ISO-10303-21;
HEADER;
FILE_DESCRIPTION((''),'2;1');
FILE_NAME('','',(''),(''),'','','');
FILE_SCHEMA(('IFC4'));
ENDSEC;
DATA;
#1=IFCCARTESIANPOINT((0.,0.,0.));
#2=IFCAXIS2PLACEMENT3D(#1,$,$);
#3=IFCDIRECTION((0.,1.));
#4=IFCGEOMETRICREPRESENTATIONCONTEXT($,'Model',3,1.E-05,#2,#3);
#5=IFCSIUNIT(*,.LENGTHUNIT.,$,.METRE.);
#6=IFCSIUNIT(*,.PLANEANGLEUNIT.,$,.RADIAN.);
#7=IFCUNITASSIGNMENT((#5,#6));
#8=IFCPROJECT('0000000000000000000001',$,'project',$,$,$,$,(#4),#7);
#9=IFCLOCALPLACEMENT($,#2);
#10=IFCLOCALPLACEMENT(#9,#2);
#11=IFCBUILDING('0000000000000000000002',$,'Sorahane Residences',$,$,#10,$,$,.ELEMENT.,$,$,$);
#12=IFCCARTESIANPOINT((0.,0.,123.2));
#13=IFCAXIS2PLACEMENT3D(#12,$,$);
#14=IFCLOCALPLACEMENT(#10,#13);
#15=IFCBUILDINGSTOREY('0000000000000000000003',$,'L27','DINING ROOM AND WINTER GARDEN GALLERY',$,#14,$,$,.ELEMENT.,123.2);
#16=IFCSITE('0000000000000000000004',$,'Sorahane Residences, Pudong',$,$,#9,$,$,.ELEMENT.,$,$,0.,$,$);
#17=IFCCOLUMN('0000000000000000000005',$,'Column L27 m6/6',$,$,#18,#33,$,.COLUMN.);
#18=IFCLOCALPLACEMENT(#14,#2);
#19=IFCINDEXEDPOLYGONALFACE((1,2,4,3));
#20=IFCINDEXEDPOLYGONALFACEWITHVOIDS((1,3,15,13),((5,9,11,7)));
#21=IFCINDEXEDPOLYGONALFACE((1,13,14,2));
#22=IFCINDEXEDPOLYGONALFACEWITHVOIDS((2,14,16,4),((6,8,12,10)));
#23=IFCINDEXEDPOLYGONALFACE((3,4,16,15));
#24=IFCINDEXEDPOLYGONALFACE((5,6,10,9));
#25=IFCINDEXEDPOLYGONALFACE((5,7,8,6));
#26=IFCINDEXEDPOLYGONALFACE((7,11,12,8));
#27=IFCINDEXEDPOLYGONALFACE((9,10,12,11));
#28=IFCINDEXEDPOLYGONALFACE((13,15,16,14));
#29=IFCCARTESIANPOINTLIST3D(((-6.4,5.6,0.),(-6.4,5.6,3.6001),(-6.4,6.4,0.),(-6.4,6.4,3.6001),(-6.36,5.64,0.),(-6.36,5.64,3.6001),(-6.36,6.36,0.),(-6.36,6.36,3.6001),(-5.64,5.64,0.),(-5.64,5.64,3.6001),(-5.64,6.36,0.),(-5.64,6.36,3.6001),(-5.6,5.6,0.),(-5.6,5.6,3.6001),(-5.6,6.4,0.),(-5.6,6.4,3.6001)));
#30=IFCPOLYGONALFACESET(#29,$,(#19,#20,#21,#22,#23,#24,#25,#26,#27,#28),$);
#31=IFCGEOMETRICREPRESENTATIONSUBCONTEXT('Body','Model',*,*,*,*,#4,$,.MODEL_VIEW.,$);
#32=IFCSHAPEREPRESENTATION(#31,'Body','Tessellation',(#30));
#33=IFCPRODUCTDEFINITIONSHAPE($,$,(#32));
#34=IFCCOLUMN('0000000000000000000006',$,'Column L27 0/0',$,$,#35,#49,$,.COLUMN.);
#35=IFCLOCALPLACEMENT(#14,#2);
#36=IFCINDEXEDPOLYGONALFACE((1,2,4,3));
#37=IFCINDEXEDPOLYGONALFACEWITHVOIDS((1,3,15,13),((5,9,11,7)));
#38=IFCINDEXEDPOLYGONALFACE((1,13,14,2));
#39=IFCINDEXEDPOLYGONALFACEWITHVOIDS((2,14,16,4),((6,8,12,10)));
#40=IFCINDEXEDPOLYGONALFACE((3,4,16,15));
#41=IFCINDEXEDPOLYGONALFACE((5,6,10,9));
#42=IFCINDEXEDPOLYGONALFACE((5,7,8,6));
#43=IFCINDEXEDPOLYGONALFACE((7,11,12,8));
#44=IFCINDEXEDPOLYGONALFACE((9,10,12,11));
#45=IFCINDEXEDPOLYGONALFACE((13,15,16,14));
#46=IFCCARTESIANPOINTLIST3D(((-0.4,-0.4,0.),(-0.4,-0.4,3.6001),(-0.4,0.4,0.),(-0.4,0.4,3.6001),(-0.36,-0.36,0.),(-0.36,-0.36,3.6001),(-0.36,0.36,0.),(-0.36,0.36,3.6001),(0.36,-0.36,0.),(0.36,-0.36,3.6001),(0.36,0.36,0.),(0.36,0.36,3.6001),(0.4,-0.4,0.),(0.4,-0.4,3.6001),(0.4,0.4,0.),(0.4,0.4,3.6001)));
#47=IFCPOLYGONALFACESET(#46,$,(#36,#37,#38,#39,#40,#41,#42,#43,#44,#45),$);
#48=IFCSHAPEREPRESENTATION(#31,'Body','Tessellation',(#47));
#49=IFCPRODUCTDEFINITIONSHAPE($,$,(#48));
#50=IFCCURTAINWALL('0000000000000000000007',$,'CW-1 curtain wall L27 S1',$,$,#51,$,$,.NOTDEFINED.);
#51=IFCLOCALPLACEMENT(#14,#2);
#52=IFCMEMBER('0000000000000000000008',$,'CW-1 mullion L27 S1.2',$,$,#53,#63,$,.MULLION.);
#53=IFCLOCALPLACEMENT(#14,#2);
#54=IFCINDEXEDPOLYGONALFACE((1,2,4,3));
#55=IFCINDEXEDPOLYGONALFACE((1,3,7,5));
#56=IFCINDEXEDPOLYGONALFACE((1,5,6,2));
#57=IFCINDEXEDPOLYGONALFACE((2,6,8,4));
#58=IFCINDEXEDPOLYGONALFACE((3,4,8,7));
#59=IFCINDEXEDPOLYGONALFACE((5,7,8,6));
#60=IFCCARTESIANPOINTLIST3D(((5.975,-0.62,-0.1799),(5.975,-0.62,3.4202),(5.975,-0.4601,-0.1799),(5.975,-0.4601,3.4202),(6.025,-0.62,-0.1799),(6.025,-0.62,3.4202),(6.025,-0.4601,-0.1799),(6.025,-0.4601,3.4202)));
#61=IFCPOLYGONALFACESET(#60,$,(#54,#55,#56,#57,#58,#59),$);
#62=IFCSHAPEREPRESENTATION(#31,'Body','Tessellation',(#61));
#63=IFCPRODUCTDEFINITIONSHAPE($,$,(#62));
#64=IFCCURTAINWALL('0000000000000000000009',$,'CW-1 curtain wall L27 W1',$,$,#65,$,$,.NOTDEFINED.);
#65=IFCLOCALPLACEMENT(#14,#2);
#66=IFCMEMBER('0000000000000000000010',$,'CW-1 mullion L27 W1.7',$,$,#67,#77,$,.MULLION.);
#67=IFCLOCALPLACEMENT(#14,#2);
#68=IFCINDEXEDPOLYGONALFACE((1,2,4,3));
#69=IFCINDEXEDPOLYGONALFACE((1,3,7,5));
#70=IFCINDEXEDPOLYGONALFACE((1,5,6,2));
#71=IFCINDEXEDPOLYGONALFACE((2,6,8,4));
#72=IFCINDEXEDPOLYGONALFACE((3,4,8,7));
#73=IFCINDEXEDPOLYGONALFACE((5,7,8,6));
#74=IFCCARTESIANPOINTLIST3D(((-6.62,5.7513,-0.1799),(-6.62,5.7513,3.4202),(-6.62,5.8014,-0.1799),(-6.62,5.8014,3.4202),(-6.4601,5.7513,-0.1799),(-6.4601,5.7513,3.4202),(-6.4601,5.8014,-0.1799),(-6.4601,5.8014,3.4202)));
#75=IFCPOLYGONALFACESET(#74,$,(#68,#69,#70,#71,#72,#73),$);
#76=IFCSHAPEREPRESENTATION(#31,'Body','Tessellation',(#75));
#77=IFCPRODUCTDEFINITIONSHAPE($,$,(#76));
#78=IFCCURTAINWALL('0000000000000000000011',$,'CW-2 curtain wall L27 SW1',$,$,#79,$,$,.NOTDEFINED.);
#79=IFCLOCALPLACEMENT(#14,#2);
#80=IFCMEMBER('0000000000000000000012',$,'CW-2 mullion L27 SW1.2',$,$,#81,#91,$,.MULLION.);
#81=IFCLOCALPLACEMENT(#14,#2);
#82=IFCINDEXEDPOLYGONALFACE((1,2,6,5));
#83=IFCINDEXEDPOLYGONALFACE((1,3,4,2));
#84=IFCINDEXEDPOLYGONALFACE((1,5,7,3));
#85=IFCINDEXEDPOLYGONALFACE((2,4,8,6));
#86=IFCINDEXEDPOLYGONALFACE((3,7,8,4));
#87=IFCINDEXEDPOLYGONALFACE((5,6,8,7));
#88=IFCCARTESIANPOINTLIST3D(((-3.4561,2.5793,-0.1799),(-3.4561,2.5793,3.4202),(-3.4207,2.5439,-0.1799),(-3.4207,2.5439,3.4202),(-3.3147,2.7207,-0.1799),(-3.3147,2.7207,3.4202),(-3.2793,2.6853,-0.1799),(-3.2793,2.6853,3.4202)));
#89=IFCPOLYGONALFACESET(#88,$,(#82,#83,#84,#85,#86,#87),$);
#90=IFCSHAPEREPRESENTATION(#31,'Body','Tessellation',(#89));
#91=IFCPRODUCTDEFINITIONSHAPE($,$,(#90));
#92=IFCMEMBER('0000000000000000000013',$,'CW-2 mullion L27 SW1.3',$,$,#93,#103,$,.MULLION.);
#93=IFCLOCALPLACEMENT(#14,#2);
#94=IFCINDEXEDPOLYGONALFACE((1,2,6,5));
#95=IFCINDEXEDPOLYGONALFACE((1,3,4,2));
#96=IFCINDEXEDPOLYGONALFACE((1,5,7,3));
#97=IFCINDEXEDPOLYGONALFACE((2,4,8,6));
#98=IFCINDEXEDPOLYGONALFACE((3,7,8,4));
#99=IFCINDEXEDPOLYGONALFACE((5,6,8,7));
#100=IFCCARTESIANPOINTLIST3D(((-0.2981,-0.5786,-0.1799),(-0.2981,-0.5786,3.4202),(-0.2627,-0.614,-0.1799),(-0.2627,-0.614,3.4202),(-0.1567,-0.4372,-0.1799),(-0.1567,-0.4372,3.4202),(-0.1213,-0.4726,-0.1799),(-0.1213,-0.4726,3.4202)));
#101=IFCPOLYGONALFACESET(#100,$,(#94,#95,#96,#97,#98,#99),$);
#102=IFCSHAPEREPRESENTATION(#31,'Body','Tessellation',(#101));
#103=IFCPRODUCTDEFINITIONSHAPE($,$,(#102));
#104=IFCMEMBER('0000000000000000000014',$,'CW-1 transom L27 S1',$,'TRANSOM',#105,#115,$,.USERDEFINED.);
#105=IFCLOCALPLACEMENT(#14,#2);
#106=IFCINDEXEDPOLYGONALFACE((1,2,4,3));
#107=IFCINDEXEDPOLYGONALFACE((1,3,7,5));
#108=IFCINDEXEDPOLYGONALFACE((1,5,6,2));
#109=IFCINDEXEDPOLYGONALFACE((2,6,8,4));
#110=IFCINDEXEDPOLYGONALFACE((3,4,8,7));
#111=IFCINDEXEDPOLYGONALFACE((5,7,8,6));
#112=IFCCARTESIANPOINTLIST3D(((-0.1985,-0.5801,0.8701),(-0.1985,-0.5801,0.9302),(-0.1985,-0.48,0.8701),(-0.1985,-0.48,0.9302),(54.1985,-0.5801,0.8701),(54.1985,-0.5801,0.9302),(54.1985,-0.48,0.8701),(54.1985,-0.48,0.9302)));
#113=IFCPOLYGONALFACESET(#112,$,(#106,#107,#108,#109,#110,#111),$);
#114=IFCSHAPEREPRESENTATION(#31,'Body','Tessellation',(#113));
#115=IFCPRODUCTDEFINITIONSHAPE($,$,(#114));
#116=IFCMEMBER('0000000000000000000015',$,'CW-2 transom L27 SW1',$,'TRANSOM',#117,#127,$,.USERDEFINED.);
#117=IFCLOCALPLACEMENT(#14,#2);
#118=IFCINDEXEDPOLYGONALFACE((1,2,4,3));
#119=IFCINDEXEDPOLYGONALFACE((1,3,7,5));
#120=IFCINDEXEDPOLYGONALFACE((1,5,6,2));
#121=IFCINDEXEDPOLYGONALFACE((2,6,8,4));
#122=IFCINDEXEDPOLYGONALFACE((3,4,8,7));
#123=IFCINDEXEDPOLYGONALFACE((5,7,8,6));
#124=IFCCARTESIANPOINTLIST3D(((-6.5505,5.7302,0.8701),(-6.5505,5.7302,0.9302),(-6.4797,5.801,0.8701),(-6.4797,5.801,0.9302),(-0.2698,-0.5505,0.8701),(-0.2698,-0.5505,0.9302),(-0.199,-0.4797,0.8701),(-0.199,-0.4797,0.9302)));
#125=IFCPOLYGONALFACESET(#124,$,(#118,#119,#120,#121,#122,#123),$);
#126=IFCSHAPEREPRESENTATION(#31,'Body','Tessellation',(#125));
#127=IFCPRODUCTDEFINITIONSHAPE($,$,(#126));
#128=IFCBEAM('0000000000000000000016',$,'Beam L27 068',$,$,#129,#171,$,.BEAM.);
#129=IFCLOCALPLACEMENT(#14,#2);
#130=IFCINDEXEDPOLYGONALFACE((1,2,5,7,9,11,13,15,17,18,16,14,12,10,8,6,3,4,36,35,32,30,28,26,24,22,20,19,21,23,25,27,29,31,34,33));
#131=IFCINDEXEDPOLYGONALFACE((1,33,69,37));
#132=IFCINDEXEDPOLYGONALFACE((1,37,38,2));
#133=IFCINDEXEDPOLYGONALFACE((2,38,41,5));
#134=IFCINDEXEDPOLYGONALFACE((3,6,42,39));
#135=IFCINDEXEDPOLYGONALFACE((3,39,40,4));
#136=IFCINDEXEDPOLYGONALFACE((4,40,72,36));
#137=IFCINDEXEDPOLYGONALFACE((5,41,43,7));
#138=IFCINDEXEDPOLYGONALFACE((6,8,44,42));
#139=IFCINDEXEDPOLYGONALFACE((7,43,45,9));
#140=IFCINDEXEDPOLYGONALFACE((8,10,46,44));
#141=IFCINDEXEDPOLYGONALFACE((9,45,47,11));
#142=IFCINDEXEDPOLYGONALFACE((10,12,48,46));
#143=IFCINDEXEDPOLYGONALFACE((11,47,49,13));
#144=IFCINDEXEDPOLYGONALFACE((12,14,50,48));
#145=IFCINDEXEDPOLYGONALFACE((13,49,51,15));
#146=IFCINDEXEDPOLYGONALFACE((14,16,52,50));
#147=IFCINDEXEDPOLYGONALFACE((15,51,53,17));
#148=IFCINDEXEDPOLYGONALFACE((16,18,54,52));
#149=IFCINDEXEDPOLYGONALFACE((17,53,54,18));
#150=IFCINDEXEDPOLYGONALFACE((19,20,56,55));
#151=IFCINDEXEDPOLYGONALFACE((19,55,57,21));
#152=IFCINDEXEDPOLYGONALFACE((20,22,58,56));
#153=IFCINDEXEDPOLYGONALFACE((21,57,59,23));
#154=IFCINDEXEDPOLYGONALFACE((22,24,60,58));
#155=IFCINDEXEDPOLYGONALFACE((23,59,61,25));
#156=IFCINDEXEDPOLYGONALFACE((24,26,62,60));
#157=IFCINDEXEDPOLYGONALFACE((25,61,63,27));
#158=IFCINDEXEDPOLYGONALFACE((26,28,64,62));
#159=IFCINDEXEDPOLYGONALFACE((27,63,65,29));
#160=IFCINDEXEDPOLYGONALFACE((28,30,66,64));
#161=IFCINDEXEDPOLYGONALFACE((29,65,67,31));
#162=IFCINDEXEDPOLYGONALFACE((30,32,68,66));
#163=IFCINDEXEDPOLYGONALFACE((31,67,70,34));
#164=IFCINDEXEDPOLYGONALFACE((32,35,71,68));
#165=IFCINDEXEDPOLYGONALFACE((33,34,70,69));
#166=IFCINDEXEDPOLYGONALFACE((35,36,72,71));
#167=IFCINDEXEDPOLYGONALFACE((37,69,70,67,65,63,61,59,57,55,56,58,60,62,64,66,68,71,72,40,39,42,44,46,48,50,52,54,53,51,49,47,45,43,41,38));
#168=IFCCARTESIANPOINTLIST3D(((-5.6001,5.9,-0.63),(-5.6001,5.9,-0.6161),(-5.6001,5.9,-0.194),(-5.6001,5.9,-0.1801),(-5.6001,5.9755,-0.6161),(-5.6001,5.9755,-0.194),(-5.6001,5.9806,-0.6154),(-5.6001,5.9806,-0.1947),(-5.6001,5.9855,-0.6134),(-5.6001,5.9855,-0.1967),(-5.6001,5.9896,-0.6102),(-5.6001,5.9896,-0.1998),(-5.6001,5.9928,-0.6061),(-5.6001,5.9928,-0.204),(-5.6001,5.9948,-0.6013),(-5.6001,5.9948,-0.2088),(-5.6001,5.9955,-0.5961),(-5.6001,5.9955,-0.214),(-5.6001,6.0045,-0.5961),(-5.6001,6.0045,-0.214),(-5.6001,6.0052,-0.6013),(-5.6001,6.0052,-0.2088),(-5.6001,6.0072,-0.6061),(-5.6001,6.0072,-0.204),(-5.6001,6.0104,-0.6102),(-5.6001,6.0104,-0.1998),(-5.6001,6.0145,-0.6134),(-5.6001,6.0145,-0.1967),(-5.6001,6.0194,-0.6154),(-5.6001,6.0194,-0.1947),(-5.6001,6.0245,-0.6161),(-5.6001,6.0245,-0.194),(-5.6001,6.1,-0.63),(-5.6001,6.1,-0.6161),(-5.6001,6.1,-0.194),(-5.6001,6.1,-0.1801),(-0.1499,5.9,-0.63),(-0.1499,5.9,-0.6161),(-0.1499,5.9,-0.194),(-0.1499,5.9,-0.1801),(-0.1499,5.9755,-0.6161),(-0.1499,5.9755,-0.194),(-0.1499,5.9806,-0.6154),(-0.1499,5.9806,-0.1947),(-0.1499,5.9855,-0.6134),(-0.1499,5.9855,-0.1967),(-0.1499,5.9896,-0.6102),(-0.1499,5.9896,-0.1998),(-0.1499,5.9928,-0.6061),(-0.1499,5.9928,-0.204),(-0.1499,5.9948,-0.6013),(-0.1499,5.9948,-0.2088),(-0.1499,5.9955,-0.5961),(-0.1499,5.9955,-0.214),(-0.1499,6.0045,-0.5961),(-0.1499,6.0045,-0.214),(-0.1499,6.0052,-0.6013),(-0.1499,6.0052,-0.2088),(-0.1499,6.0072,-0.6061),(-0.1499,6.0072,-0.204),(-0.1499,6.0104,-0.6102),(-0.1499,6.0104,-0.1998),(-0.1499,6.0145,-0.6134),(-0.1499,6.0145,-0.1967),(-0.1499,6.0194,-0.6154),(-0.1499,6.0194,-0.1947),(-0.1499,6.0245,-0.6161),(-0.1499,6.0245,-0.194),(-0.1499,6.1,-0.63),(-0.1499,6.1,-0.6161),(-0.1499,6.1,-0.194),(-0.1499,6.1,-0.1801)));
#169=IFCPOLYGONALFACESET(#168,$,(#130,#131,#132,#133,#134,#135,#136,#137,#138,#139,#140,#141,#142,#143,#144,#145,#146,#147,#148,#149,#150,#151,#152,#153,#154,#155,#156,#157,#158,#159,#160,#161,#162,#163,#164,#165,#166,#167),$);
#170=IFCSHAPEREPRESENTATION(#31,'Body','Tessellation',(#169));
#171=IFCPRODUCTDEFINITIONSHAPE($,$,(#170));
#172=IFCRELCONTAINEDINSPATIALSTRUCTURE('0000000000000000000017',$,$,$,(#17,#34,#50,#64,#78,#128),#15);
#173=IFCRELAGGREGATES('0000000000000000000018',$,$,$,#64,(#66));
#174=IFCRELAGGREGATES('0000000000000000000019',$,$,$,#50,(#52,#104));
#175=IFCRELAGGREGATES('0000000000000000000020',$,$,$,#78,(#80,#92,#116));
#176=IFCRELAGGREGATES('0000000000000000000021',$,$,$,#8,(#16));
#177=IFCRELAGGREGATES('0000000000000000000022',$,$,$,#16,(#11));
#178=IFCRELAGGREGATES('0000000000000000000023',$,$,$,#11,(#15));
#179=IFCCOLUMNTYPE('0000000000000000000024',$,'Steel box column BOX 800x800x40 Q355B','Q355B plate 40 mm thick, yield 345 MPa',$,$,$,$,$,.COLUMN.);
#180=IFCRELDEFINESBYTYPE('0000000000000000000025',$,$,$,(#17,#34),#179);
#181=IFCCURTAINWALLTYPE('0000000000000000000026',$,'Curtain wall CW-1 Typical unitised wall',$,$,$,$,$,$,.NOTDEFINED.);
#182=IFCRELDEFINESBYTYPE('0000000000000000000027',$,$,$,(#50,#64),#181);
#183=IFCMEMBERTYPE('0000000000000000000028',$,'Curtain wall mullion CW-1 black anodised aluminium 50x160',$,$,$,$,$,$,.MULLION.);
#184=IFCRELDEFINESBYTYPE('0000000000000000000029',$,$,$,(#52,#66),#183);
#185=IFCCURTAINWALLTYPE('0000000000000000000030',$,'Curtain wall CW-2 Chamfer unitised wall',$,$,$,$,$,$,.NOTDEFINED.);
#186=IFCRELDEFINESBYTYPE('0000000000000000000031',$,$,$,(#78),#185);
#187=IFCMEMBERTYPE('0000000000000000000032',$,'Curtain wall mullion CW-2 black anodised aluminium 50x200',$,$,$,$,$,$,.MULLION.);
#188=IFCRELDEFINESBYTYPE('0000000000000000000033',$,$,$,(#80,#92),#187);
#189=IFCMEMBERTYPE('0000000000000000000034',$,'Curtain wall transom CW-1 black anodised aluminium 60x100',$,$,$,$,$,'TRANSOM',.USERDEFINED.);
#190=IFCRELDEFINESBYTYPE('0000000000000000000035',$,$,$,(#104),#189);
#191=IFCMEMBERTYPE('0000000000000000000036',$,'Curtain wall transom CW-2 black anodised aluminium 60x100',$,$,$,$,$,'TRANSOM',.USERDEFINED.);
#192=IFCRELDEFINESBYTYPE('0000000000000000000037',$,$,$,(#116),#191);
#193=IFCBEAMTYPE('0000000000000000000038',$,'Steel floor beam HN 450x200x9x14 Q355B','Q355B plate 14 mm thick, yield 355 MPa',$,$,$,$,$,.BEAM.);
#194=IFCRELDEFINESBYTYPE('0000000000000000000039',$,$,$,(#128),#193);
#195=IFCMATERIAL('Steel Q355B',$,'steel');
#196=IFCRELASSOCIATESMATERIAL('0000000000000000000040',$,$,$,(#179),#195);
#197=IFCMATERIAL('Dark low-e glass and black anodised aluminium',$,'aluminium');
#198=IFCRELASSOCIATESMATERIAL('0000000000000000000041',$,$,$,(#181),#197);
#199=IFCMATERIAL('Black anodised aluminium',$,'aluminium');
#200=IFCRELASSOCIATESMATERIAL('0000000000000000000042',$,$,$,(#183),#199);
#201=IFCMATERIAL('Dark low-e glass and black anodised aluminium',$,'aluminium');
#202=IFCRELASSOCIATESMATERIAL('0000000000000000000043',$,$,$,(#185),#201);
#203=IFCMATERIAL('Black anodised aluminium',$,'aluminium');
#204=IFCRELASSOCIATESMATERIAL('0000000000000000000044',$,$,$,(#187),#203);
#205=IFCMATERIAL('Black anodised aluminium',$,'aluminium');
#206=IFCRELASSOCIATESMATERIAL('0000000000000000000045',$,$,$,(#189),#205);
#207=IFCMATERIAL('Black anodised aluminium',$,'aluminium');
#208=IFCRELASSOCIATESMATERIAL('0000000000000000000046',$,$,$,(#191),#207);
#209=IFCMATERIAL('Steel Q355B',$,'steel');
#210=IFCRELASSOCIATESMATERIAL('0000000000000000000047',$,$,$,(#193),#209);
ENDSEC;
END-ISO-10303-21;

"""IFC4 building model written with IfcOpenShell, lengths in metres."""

from ifc_helpers import new_model, si_unit, direction, frame, origin, origin_2d, place, context, subcontext, project, spatial, rectangle, hollow_rectangle, i_section, extrude, material, material_profile, profile_set, type_object, element, aggregate, save


model = new_model("IFC4")

# Units and contexts
model_context = context("Model", 3, precision=1e-05, world=origin(), true_north=direction((0.0, 1.0)))
body_context = subcontext(model_context, "Body", "Model", "MODEL_VIEW")
ifc_project = project(units=[si_unit("LENGTHUNIT", "METRE"), si_unit("PLANEANGLEUNIT", "RADIAN")], contexts=[model_context])

# Site, building, storey
site_placement = place(None, origin())
site = spatial("IfcSite", under=ifc_project, at=site_placement, Name="Sorahane Residences, Pudong", CompositionType="ELEMENT", RefElevation=0.0)
building_placement = place(site_placement, origin())
building = spatial("IfcBuilding", under=site, at=building_placement, Name="Sorahane Residences", CompositionType="ELEMENT")
storey_placement = place(building_placement, frame((0.0, 0.0, 123.2)))
storey = spatial("IfcBuildingStorey", under=building, at=storey_placement, Name="L27", Description="DINING ROOM AND WINTER GARDEN GALLERY", CompositionType="ELEMENT", Elevation=123.2)

# Columns
ifc_material_1 = material(Name="Steel Q355B", Category="steel")
ifc_material_profile_1 = material_profile(ifc_material_1, hollow_rectangle(XDim=0.8, YDim=0.8, WallThickness=0.04, at=origin_2d()), Name="BOX 800x800x40")
ifc_profile_set_1 = profile_set([ifc_material_profile_1], Name="Steel Q355B")
column_type = type_object("IfcColumnType", Name="Steel box column BOX 800x800x40 Q355B", Description="Q355B plate 40 mm thick, yield 345 MPa", PredefinedType="COLUMN", material=ifc_profile_set_1)
for number, where, z_axis, x_axis, name in (
    (1, (-6.0, 6.0, 0.0), (0.0, 0.0, 1.0), (1.0, 0.0, 0.0), "Column L27 m6/6"),
    (2, (0.0, 0.0, 0.0), (0.0, 0.0, 1.0), (1.0, 0.0, 0.0), "Column L27 0/0"),
):
    element("IfcColumn", number, at=place(storey_placement, frame(where, z_axis=z_axis, x_axis=x_axis)), inside=storey, type_object=column_type, Name=name, PredefinedType="COLUMN", context=body_context, shape_type="SweptSolid", body=[
        extrude(hollow_rectangle(XDim=0.8, YDim=0.8, WallThickness=0.04, at=origin_2d()), origin(), (0.0, 0.0, 1.0), 3.6001),
    ])

# Curtain walls, members
ifc_material_2 = material(Name="Dark low-e glass and black anodised aluminium", Category="aluminium")
curtain_wall_type_1 = type_object("IfcCurtainWallType", Name="Curtain wall CW-1 Typical unitised wall", PredefinedType="NOTDEFINED", material=ifc_material_2)
curtain_wall_1_placement = place(storey_placement, origin())
curtain_wall_1 = element("IfcCurtainWall", 3, at=curtain_wall_1_placement, inside=storey, type_object=curtain_wall_type_1, Name="CW-1 curtain wall L27 S1", PredefinedType="NOTDEFINED")
ifc_material_3 = material(Name="Black anodised aluminium", Category="aluminium")
ifc_material_profile_2 = material_profile(ifc_material_3, rectangle(XDim=0.1599, YDim=0.05, at=origin_2d()), Name="Curtain wall mullion CW-1 black anodised aluminium 50x160")
ifc_profile_set_2 = profile_set([ifc_material_profile_2], Name="Black anodised aluminium")
member_type_1 = type_object("IfcMemberType", Name="Curtain wall mullion CW-1 black anodised aluminium 50x160", PredefinedType="MULLION", material=ifc_profile_set_2)
member_1_placement = place(storey_placement, frame((6.0, -0.54, -0.1799), z_axis=(0.0, 0.0, 1.0), x_axis=(0.0, -1.0, 0.0)))
member_1 = element("IfcMember", 4, at=member_1_placement, type_object=member_type_1, Name="CW-1 mullion L27 S1.2", PredefinedType="MULLION", context=body_context, shape_type="SweptSolid", body=[
    extrude(rectangle(XDim=0.1599, YDim=0.05, at=origin_2d()), origin(), (0.0, 0.0, 1.0), 3.6001),
])
curtain_wall_2_placement = place(storey_placement, origin())
curtain_wall_2 = element("IfcCurtainWall", 5, at=curtain_wall_2_placement, inside=storey, type_object=curtain_wall_type_1, Name="CW-1 curtain wall L27 W1", PredefinedType="NOTDEFINED")
member_2_placement = place(storey_placement, frame((-6.54, 5.7764, -0.1799), z_axis=(0.0, 0.0, 1.0), x_axis=(-1.0, 0.0, 0.0)))
member_2 = element("IfcMember", 6, at=member_2_placement, type_object=member_type_1, Name="CW-1 mullion L27 W1.7", PredefinedType="MULLION", context=body_context, shape_type="SweptSolid", body=[
    extrude(rectangle(XDim=0.1599, YDim=0.05, at=origin_2d()), origin(), (0.0, 0.0, 1.0), 3.6001),
])
aggregate(curtain_wall_2, [member_2])

# Curtain wall, members
ifc_material_4 = material(Name="Dark low-e glass and black anodised aluminium", Category="aluminium")
curtain_wall_type_2 = type_object("IfcCurtainWallType", Name="Curtain wall CW-2 Chamfer unitised wall", PredefinedType="NOTDEFINED", material=ifc_material_4)
curtain_wall_3_placement = place(storey_placement, origin())
curtain_wall_3 = element("IfcCurtainWall", 7, at=curtain_wall_3_placement, inside=storey, type_object=curtain_wall_type_2, Name="CW-2 curtain wall L27 SW1", PredefinedType="NOTDEFINED")
ifc_material_5 = material(Name="Black anodised aluminium", Category="aluminium")
ifc_material_profile_3 = material_profile(ifc_material_5, rectangle(XDim=0.2, YDim=0.05, at=origin_2d()), Name="Curtain wall mullion CW-2 black anodised aluminium 50x200")
ifc_profile_set_3 = profile_set([ifc_material_profile_3], Name="Black anodised aluminium")
member_type_2 = type_object("IfcMemberType", Name="Curtain wall mullion CW-2 black anodised aluminium 50x200", PredefinedType="MULLION", material=ifc_profile_set_3)
member_3_placement = place(storey_placement, frame((-3.3677, 2.6323, -0.1799), z_axis=(0.0, 0.0, 1.0), x_axis=(-0.707107, -0.707107, 0.0)))
member_3 = element("IfcMember", 8, at=member_3_placement, type_object=member_type_2, Name="CW-2 mullion L27 SW1.2", PredefinedType="MULLION", context=body_context, shape_type="SweptSolid", body=[
    extrude(rectangle(XDim=0.2, YDim=0.05, at=origin_2d()), origin(), (0.0, 0.0, 1.0), 3.6001),
])
member_4_placement = place(storey_placement, frame((-0.2097, -0.5256, -0.1799), z_axis=(0.0, 0.0, 1.0), x_axis=(-0.707107, -0.707107, 0.0)))
member_4 = element("IfcMember", 9, at=member_4_placement, type_object=member_type_2, Name="CW-2 mullion L27 SW1.3", PredefinedType="MULLION", context=body_context, shape_type="SweptSolid", body=[
    extrude(rectangle(XDim=0.2, YDim=0.05, at=origin_2d()), origin(), (0.0, 0.0, 1.0), 3.6001),
])

# Members
ifc_material_6 = material(Name="Black anodised aluminium", Category="aluminium")
ifc_material_profile_4 = material_profile(ifc_material_6, rectangle(XDim=0.1001, YDim=0.0601, at=origin_2d()), Name="Curtain wall transom CW-1 black anodised aluminium 60x100")
ifc_profile_set_4 = profile_set([ifc_material_profile_4], Name="Black anodised aluminium")
member_type_3 = type_object("IfcMemberType", Name="Curtain wall transom CW-1 black anodised aluminium 60x100", ElementType="TRANSOM", PredefinedType="USERDEFINED", material=ifc_profile_set_4)
member_5_placement = place(storey_placement, frame((-0.1985, -0.53, 0.9001), z_axis=(1.0, 0.0, 0.0), x_axis=(0.0, 1.0, 0.0)))
member_5 = element("IfcMember", 10, at=member_5_placement, type_object=member_type_3, Name="CW-1 transom L27 S1", ObjectType="TRANSOM", PredefinedType="USERDEFINED", context=body_context, shape_type="SweptSolid", body=[
    extrude(rectangle(XDim=0.1001, YDim=0.0601, at=origin_2d()), origin(), (0.0, 0.0, 1.0), 54.397),
])
ifc_material_7 = material(Name="Black anodised aluminium", Category="aluminium")
ifc_material_profile_5 = material_profile(ifc_material_7, rectangle(XDim=0.1001, YDim=0.0601, at=origin_2d()), Name="Curtain wall transom CW-2 black anodised aluminium 60x100")
ifc_profile_set_5 = profile_set([ifc_material_profile_5], Name="Black anodised aluminium")
member_type_4 = type_object("IfcMemberType", Name="Curtain wall transom CW-2 black anodised aluminium 60x100", ElementType="TRANSOM", PredefinedType="USERDEFINED", material=ifc_profile_set_5)
member_6_placement = place(storey_placement, frame((-6.5151, 5.7656, 0.9001), z_axis=(0.707107, -0.707107, 0.0), x_axis=(0.707107, 0.707107, 0.0)))
member_6 = element("IfcMember", 11, at=member_6_placement, type_object=member_type_4, Name="CW-2 transom L27 SW1", ObjectType="TRANSOM", PredefinedType="USERDEFINED", context=body_context, shape_type="SweptSolid", body=[
    extrude(rectangle(XDim=0.1001, YDim=0.0601, at=origin_2d()), origin(), (0.0, 0.0, 1.0), 8.8823),
])

# Beam
ifc_material_8 = material(Name="Steel Q355B", Category="steel")
ifc_material_profile_6 = material_profile(ifc_material_8, i_section(OverallWidth=0.2, OverallDepth=0.45, WebThickness=0.009, FlangeThickness=0.0139, FilletRadius=0.02, at=origin_2d()), Name="HN 450x200x9x14")
ifc_profile_set_6 = profile_set([ifc_material_profile_6], Name="Steel Q355B")
beam_type_1 = type_object("IfcBeamType", Name="Steel floor beam HN 450x200x9x14 Q355B", Description="Q355B plate 14 mm thick, yield 355 MPa", PredefinedType="BEAM", material=ifc_profile_set_6)
beam_1_placement = place(storey_placement, frame((-5.6001, 6.0, -0.405), z_axis=(1.0, 0.0, 0.0), x_axis=(0.0, 1.0, 0.0)))
element("IfcBeam", 12, at=beam_1_placement, inside=storey, type_object=beam_type_1, Name="Beam L27 068", PredefinedType="BEAM", context=body_context, shape_type="SweptSolid", body=[
    extrude(i_section(OverallWidth=0.2, OverallDepth=0.45, WebThickness=0.009, FlangeThickness=0.0139, FilletRadius=0.02, at=origin_2d()), origin(), (0.0, 0.0, 1.0), 5.4502),
])

aggregate(curtain_wall_1, [member_1, member_5])
aggregate(curtain_wall_3, [member_3, member_4, member_6])

save(model, "model.ifc")
